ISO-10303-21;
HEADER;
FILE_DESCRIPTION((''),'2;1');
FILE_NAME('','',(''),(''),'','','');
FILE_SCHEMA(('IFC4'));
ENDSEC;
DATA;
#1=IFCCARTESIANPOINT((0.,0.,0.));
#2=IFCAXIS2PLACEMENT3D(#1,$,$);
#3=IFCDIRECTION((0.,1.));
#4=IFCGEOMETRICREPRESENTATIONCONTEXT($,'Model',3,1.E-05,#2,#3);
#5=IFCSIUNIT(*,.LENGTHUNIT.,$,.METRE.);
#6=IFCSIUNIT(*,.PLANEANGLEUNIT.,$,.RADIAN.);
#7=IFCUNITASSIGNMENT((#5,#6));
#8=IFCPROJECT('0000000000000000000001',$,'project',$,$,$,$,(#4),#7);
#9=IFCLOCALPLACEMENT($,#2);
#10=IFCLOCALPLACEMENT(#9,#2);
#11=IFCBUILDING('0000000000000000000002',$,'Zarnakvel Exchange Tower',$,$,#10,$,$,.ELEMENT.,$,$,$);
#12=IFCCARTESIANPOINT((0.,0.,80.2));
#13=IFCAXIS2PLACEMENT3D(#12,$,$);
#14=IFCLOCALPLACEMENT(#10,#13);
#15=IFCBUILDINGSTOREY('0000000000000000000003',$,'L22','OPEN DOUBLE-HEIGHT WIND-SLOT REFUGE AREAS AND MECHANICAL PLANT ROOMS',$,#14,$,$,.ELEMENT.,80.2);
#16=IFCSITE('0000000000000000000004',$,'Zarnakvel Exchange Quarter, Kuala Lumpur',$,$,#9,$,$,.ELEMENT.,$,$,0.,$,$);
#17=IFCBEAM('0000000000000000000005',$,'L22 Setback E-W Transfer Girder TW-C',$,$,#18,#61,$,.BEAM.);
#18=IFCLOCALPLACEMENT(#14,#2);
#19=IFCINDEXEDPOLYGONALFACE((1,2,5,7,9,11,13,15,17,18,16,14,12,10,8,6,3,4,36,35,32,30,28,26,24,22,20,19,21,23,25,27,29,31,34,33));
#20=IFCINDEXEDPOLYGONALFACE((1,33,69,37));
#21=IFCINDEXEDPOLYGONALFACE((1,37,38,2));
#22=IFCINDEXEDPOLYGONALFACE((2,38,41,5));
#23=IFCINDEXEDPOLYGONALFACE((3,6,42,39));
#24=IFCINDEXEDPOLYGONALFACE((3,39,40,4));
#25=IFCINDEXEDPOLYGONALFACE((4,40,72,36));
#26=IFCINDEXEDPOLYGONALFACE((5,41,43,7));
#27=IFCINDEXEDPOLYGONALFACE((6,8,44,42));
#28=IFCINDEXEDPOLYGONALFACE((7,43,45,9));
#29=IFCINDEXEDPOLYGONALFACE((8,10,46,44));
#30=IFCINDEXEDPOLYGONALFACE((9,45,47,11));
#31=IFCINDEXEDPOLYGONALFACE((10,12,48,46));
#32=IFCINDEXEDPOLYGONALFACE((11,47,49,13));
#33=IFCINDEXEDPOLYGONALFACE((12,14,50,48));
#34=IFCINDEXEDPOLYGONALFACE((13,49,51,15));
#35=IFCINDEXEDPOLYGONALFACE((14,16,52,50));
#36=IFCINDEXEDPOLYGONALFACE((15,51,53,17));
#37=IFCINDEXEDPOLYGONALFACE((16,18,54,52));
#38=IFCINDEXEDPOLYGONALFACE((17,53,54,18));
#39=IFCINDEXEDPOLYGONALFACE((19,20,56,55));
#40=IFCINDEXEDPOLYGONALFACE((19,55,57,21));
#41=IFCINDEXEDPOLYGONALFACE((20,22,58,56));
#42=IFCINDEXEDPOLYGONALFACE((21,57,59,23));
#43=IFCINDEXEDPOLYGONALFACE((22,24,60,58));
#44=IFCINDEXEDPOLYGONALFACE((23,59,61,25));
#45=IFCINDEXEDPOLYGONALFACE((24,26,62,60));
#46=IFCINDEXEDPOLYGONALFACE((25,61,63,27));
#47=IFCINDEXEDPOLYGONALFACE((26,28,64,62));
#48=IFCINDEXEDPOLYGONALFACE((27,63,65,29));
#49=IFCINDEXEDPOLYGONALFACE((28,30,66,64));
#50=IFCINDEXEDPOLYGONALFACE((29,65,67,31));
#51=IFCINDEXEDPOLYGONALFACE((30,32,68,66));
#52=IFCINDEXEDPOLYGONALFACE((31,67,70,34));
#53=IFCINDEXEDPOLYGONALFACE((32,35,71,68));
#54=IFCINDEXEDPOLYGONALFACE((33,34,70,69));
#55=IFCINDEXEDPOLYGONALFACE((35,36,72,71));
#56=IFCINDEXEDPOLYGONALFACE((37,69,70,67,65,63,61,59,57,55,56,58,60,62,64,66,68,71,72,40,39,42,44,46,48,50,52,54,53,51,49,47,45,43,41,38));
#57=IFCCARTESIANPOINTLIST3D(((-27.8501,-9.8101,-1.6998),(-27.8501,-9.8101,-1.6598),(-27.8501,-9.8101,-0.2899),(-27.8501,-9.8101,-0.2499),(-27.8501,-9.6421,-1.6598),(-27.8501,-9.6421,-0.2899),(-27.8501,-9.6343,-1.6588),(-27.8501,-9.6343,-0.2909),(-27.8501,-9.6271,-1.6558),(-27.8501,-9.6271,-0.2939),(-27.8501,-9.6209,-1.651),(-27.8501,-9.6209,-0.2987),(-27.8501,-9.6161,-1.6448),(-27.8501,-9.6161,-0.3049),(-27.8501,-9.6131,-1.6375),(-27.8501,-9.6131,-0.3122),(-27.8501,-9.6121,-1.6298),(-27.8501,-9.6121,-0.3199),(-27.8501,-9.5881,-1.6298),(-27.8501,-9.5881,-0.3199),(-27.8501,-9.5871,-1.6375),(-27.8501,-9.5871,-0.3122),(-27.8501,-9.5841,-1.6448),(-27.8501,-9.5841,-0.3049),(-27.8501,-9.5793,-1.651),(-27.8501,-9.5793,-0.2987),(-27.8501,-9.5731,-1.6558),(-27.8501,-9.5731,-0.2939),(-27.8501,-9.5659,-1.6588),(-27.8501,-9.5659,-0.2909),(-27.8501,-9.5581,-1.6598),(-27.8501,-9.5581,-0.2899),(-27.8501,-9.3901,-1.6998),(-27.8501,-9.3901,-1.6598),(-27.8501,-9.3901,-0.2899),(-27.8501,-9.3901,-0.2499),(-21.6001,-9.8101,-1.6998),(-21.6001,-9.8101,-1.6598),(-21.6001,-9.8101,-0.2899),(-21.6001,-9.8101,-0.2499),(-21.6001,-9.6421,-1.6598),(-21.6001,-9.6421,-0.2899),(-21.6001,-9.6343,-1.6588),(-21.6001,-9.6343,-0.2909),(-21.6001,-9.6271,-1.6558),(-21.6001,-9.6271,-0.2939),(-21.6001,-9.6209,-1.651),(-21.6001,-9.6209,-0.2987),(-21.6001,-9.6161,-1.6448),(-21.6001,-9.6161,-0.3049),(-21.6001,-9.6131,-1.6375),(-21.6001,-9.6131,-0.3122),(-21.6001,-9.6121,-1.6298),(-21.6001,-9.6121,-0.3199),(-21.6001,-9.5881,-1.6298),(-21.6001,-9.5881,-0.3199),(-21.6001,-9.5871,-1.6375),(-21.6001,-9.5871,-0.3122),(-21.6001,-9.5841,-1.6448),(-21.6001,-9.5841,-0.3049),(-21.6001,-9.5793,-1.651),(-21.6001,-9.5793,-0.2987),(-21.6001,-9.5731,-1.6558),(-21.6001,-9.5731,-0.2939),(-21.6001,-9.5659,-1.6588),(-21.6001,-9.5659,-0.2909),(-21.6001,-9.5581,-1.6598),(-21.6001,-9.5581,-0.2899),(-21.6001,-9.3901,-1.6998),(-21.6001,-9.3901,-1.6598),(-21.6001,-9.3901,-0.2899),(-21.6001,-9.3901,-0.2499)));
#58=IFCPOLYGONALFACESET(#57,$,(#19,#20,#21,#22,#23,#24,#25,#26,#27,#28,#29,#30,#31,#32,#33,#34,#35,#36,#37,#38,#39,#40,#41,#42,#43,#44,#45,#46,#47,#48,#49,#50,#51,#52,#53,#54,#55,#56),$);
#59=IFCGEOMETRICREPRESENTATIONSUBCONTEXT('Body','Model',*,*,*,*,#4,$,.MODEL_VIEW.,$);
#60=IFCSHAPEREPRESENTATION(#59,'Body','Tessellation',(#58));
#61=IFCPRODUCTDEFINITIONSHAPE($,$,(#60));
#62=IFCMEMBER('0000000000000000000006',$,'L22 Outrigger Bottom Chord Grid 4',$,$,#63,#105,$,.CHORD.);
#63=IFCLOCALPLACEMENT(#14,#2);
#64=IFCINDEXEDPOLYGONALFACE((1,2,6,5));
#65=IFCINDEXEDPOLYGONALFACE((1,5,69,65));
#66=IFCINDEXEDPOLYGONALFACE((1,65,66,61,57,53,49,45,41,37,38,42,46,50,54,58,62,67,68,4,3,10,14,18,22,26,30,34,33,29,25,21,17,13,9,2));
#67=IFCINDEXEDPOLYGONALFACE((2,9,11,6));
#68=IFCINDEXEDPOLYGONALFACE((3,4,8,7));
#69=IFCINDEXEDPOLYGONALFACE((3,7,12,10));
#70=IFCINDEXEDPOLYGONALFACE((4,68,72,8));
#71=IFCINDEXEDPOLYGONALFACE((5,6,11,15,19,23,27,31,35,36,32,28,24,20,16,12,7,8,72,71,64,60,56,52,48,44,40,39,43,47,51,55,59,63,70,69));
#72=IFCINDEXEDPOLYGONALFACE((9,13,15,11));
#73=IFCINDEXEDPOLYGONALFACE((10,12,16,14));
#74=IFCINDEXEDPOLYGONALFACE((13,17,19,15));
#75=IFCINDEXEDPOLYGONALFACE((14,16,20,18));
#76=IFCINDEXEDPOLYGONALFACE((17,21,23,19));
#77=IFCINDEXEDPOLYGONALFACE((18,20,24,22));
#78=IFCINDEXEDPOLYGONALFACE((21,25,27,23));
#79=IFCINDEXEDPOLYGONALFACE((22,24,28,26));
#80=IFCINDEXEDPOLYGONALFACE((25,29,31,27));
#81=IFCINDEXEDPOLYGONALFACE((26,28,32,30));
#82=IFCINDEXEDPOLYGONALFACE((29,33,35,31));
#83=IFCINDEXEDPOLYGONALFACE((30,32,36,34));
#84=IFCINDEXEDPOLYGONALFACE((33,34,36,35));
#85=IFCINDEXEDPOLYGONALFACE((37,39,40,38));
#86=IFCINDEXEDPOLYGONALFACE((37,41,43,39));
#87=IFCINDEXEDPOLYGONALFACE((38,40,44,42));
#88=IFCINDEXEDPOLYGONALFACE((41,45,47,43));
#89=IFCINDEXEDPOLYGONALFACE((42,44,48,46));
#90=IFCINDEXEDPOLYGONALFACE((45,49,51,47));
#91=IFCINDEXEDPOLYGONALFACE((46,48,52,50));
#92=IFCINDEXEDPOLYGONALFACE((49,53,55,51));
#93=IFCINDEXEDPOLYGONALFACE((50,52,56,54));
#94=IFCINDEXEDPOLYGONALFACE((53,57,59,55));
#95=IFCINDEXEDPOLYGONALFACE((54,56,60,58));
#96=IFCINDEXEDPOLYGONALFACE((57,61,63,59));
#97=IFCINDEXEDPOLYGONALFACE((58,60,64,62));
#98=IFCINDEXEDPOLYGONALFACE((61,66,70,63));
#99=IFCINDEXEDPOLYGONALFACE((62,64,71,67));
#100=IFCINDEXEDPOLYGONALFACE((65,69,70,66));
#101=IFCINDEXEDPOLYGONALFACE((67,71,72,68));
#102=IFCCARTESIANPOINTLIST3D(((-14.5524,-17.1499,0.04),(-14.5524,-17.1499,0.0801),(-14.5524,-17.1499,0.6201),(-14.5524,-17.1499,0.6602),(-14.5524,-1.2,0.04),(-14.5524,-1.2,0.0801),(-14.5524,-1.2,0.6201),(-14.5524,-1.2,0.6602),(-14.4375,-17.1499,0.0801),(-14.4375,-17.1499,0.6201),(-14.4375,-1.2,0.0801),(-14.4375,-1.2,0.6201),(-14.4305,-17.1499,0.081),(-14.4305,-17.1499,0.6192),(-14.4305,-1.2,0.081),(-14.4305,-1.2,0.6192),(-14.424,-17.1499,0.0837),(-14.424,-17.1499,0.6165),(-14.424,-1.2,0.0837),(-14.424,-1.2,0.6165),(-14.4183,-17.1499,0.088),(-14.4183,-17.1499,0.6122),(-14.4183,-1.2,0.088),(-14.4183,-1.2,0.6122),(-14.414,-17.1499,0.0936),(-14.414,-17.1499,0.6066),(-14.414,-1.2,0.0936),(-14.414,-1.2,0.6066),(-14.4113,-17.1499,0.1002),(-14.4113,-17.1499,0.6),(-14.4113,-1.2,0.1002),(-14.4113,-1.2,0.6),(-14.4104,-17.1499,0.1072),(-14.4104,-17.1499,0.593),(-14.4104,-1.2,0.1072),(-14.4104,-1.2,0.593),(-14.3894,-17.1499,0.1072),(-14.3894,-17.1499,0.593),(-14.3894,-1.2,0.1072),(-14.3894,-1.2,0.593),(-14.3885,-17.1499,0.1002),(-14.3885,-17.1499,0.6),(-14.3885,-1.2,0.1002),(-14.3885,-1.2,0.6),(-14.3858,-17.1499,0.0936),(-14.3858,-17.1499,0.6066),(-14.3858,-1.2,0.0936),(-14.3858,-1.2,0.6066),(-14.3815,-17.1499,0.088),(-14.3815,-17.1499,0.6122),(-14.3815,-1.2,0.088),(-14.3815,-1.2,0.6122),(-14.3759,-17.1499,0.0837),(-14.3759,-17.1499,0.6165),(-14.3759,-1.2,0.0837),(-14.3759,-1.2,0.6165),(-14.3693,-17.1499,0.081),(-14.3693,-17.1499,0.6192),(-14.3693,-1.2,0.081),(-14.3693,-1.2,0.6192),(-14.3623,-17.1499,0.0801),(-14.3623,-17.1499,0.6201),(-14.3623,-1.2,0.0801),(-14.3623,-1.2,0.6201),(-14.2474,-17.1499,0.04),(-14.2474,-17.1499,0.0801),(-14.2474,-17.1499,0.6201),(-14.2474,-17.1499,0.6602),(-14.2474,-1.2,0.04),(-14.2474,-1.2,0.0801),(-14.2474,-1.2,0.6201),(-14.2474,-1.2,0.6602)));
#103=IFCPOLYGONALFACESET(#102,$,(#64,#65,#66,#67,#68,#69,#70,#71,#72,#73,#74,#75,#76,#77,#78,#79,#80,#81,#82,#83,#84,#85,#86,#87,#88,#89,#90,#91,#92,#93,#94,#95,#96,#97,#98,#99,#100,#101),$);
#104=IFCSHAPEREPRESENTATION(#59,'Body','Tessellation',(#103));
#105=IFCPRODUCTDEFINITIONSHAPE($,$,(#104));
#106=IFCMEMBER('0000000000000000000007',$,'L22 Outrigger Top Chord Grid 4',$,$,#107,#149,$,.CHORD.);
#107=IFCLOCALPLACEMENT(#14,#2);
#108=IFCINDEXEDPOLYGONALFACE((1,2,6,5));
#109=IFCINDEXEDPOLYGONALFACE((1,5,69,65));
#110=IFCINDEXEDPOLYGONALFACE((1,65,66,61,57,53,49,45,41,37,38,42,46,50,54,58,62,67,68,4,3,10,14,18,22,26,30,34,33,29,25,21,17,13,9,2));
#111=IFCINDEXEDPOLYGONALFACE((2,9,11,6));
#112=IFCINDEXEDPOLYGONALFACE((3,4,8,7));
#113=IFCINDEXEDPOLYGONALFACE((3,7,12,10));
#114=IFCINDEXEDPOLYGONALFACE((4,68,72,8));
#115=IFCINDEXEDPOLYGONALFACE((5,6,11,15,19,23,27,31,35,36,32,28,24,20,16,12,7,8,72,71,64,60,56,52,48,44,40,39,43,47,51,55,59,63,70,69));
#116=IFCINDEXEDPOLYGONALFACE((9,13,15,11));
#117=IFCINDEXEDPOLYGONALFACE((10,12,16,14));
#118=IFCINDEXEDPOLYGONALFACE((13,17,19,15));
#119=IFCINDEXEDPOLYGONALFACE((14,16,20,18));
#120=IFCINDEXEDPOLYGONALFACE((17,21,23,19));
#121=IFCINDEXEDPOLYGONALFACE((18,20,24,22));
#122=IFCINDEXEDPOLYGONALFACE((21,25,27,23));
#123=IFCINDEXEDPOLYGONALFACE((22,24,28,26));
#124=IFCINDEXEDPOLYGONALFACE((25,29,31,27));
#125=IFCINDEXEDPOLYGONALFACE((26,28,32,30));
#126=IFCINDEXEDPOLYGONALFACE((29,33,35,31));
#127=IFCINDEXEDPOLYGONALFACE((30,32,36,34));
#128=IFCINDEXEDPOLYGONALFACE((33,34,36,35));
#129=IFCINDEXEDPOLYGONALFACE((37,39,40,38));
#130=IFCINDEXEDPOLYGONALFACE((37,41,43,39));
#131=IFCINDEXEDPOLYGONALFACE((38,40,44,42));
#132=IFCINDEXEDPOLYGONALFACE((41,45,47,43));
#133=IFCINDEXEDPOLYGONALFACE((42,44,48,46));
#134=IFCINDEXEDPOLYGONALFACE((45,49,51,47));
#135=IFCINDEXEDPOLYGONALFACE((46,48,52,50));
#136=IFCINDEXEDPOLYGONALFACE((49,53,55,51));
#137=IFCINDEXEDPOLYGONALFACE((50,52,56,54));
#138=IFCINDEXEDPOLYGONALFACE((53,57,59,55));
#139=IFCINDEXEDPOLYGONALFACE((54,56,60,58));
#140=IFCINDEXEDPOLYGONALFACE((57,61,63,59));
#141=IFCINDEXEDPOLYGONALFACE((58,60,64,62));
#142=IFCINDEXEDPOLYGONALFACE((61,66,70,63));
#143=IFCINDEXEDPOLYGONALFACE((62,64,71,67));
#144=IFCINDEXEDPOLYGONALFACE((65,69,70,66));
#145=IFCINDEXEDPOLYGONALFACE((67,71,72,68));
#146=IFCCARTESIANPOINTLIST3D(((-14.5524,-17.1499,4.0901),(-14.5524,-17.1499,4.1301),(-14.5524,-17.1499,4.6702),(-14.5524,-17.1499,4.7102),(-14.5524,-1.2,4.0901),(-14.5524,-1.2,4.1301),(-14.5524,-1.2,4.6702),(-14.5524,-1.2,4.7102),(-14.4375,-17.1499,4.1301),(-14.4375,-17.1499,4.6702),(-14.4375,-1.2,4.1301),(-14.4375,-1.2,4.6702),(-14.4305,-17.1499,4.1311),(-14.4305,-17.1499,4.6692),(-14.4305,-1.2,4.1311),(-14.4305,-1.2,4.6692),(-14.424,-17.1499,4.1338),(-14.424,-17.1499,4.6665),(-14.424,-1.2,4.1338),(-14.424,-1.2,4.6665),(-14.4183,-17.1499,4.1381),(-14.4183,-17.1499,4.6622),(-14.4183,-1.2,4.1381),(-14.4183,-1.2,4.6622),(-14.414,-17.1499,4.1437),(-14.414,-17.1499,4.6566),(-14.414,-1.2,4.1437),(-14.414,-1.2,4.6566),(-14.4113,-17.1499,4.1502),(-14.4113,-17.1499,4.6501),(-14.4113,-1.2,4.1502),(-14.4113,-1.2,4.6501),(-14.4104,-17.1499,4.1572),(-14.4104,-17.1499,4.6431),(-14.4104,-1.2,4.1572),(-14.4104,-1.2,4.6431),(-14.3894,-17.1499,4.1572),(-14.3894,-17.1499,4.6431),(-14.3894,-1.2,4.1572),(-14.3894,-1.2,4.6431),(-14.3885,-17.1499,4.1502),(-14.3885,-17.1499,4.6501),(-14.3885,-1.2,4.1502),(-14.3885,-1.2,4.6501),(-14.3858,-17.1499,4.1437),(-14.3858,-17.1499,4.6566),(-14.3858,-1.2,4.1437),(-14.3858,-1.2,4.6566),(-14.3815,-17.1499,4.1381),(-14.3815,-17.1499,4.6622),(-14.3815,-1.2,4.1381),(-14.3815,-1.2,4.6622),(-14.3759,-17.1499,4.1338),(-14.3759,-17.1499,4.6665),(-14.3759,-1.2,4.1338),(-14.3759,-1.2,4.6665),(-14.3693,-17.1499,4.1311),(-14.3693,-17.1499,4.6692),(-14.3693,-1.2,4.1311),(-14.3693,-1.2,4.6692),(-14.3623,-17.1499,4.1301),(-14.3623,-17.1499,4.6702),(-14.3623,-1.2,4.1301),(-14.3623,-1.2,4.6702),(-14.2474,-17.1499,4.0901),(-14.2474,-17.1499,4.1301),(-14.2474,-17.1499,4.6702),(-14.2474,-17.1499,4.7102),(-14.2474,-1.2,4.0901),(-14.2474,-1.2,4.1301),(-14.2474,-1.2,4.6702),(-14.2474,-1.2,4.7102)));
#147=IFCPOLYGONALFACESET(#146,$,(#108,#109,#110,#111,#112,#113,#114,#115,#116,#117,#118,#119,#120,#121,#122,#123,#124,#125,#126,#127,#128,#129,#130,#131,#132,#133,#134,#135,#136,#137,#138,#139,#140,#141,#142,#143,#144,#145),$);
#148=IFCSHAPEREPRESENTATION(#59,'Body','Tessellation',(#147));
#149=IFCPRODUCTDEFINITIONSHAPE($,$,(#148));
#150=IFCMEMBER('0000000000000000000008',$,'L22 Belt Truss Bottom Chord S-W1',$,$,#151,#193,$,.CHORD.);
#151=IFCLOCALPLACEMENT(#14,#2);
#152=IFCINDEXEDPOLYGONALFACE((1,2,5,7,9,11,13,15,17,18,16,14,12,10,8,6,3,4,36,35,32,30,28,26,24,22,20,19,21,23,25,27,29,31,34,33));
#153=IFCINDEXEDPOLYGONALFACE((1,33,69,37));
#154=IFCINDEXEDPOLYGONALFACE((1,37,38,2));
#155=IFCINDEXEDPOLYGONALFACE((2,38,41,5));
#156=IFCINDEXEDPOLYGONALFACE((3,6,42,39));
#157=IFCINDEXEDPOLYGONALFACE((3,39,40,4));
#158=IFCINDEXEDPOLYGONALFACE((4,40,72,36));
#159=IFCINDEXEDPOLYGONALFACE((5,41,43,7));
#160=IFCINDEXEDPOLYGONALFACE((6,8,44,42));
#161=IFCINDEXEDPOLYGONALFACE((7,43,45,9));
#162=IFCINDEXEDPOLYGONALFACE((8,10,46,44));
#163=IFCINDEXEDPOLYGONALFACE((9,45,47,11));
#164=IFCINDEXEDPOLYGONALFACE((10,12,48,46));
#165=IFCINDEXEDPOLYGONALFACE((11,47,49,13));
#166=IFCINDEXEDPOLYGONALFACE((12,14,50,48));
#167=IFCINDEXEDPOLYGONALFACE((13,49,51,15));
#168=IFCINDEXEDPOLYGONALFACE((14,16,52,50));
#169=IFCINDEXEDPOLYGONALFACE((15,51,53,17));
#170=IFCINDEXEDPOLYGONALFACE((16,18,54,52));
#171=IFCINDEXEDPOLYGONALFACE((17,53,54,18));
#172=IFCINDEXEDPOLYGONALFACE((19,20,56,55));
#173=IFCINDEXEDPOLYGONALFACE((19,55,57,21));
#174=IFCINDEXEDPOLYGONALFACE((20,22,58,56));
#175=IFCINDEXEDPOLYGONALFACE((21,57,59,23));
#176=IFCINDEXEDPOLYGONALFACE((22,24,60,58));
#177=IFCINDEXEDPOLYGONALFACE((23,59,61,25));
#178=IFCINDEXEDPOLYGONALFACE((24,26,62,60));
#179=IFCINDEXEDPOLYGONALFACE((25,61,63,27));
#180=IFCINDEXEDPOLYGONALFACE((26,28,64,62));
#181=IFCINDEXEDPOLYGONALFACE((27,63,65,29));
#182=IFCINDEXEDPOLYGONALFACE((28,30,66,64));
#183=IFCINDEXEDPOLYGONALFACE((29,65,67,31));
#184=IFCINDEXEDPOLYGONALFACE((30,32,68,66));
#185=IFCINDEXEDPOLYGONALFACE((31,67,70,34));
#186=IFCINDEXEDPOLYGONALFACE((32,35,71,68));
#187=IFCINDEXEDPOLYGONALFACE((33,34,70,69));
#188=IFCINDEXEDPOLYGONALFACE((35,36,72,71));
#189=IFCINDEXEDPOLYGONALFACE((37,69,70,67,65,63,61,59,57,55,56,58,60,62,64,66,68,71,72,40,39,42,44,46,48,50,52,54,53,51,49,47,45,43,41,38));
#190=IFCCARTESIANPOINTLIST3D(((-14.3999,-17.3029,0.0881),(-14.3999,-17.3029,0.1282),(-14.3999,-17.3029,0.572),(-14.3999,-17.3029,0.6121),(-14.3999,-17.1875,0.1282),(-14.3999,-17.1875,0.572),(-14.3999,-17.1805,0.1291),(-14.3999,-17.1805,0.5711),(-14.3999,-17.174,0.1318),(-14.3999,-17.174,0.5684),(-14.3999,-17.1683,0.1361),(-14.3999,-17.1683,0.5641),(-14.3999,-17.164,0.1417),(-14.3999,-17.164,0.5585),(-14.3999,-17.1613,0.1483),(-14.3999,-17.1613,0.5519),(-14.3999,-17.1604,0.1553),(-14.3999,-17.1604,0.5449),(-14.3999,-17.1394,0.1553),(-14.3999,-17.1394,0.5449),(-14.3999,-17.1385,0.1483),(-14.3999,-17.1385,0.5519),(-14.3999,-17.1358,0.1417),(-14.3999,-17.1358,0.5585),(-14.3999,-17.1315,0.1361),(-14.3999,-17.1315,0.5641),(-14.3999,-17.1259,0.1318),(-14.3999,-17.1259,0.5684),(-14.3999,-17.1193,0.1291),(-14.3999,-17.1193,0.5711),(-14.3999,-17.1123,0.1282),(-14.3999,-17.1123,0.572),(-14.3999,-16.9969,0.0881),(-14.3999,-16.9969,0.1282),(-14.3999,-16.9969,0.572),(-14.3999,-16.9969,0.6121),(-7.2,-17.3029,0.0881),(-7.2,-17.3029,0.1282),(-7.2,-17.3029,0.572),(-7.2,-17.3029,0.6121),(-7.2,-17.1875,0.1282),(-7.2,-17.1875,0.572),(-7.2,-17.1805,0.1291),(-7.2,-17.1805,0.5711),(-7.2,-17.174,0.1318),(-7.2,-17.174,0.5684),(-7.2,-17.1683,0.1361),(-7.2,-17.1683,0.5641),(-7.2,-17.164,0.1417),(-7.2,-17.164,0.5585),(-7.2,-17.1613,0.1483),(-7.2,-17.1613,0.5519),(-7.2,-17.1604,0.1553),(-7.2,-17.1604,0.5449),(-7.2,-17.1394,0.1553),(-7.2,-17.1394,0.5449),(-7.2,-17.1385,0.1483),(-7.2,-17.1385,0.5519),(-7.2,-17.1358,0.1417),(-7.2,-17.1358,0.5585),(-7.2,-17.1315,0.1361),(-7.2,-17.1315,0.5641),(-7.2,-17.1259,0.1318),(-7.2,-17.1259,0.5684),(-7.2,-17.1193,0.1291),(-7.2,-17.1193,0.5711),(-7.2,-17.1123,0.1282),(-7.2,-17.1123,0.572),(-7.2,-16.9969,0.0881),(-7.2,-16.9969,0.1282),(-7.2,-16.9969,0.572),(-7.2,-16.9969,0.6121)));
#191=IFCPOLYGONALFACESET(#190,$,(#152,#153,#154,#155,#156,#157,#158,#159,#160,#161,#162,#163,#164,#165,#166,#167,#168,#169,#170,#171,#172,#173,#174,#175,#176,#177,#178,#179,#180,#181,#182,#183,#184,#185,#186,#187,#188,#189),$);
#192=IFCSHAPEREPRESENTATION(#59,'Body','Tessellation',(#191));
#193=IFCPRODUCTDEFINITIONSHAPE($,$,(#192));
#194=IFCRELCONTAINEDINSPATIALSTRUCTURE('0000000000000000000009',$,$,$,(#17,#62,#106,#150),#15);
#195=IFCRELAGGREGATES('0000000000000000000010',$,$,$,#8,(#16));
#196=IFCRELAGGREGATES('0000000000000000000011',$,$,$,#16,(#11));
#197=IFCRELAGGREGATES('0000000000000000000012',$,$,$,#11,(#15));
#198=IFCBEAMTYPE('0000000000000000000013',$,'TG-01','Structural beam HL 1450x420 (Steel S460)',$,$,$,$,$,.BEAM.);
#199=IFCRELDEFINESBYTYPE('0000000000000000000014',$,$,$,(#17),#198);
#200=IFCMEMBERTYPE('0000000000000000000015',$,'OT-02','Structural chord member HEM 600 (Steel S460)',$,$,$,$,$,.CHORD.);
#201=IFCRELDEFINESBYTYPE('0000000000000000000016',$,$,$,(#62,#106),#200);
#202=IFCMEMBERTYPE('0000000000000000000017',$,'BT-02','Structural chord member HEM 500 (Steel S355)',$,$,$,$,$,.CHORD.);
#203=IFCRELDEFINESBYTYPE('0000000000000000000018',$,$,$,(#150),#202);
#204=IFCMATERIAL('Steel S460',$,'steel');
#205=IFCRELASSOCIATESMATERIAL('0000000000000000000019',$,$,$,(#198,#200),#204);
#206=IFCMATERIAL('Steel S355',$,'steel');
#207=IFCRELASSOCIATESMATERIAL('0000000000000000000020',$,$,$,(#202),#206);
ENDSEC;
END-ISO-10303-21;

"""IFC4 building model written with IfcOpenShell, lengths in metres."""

from ifc_helpers import new_model, si_unit, direction, frame, origin, origin_2d, place, context, subcontext, project, spatial, i_section, extrude, source, transform, mapped, material, material_profile, profile_set, type_object, element, save


model = new_model("IFC4")

# Units and contexts
model_context = context("Model", 3, precision=1e-05, world=origin(), true_north=direction((0.0, 1.0)))
body_context = subcontext(model_context, "Body", "Model", "MODEL_VIEW")
ifc_project = project(units=[si_unit("LENGTHUNIT", "METRE"), si_unit("PLANEANGLEUNIT", "RADIAN")], contexts=[model_context])

# Site, building, storey
site_placement = place(None, origin())
site = spatial("IfcSite", under=ifc_project, at=site_placement, Name="Zarnakvel Exchange Quarter, Kuala Lumpur", CompositionType="ELEMENT", RefElevation=0.0)
building_placement = place(site_placement, origin())
building = spatial("IfcBuilding", under=site, at=building_placement, Name="Zarnakvel Exchange Tower", CompositionType="ELEMENT")
storey_placement = place(building_placement, frame((0.0, 0.0, 80.2)))
storey = spatial("IfcBuildingStorey", under=building, at=storey_placement, Name="L22", Description="OPEN DOUBLE-HEIGHT WIND-SLOT REFUGE AREAS AND MECHANICAL PLANT ROOMS", CompositionType="ELEMENT", Elevation=80.2)

# Shared definitions
ifc_material_1 = material(Name="Steel S355", Category="steel")

# Beam
ifc_material_2 = material(Name="Steel S460", Category="steel")
ifc_material_profile_1 = material_profile(ifc_material_2, i_section(OverallWidth=0.4199, OverallDepth=1.45, WebThickness=0.0239, FlangeThickness=0.04, FilletRadius=0.03, at=origin_2d()))
ifc_profile_set_1 = profile_set([ifc_material_profile_1], Name="Steel S460")
beam_type_1 = type_object("IfcBeamType", Name="TG-01", Description="Structural beam HL 1450x420 (Steel S460)", PredefinedType="BEAM", material=ifc_profile_set_1)
beam_1_placement = place(storey_placement, frame((-27.8501, -9.6001, -0.9749), z_axis=(1.0, 0.0, 0.0), x_axis=(0.0, 1.0, 0.0)))
element("IfcBeam", 1, at=beam_1_placement, inside=storey, type_object=beam_type_1, Name="L22 Setback E-W Transfer Girder TW-C", PredefinedType="BEAM", context=body_context, shape_type="SweptSolid", body=[
    extrude(i_section(OverallWidth=0.4199, OverallDepth=1.45, WebThickness=0.0239, FlangeThickness=0.04, FilletRadius=0.03, at=origin_2d()), origin(), (0.0, 0.0, 1.0), 6.25),
])

# Members
ifc_material_profile_2 = material_profile(ifc_material_2, i_section(OverallWidth=0.3049, OverallDepth=0.6201, WebThickness=0.021, FlangeThickness=0.04, FilletRadius=0.0271, at=origin_2d()))
ifc_profile_set_2 = profile_set([ifc_material_profile_2], Name="Steel S460")
member_type_1 = type_object("IfcMemberType", Name="OT-02", Description="Structural chord member HEM 600 (Steel S460)", PredefinedType="CHORD", material=ifc_profile_set_2)
shared_shape_1 = source(origin(), body_context, "Body", "SweptSolid", [
    extrude(i_section(OverallWidth=0.3049, OverallDepth=0.6201, WebThickness=0.021, FlangeThickness=0.04, FilletRadius=0.0271, at=origin_2d()), origin(), (0.0, 0.0, 1.0), 15.95),
])
for number, where, z_axis, x_axis, name in (
    (2, (-14.3999, -17.1499, 0.3501), (0.0, 1.0, 0.0), (-1.0, 0.0, 0.0), "L22 Outrigger Bottom Chord Grid 4"),
    (3, (-14.3999, -17.1499, 4.4001), (0.0, 1.0, 0.0), (-1.0, 0.0, 0.0), "L22 Outrigger Top Chord Grid 4"),
):
    element("IfcMember", number, at=place(storey_placement, frame(where, z_axis=z_axis, x_axis=x_axis)), inside=storey, type_object=member_type_1, Name=name, PredefinedType="CHORD", context=body_context, shape_type="MappedRepresentation", body=[
        mapped(shared_shape_1, transform((0.0, 0.0, 0.0), x_axis=(1.0, 0.0, 0.0), y_axis=(0.0, 1.0, 0.0), z_axis=(0.0, 0.0, 1.0), scale=1.0)),
    ])
ifc_material_profile_3 = material_profile(ifc_material_1, i_section(OverallWidth=0.3059, OverallDepth=0.5239, WebThickness=0.021, FlangeThickness=0.04, FilletRadius=0.0271, at=origin_2d()))
ifc_profile_set_3 = profile_set([ifc_material_profile_3], Name="Steel S355")
member_type_2 = type_object("IfcMemberType", Name="BT-02", Description="Structural chord member HEM 500 (Steel S355)", PredefinedType="CHORD", material=ifc_profile_set_3)
shared_shape_2 = source(origin(), body_context, "Body", "SweptSolid", [
    extrude(i_section(OverallWidth=0.3059, OverallDepth=0.5239, WebThickness=0.021, FlangeThickness=0.04, FilletRadius=0.0271, at=origin_2d()), origin(), (0.0, 0.0, 1.0), 7.2),
])
for number, where, z_axis, x_axis, name in (
    (4, (-14.3999, -17.1499, 0.3501), (1.0, 0.0, 0.0), (0.0, 1.0, 0.0), "L22 Belt Truss Bottom Chord S-W1"),
):
    element("IfcMember", number, at=place(storey_placement, frame(where, z_axis=z_axis, x_axis=x_axis)), inside=storey, type_object=member_type_2, Name=name, PredefinedType="CHORD", context=body_context, shape_type="MappedRepresentation", body=[
        mapped(shared_shape_2, transform((0.0, 0.0, 0.0), x_axis=(1.0, 0.0, 0.0), y_axis=(0.0, 1.0, 0.0), z_axis=(0.0, 0.0, 1.0), scale=1.0)),
    ])

save(model, "model.ifc")
